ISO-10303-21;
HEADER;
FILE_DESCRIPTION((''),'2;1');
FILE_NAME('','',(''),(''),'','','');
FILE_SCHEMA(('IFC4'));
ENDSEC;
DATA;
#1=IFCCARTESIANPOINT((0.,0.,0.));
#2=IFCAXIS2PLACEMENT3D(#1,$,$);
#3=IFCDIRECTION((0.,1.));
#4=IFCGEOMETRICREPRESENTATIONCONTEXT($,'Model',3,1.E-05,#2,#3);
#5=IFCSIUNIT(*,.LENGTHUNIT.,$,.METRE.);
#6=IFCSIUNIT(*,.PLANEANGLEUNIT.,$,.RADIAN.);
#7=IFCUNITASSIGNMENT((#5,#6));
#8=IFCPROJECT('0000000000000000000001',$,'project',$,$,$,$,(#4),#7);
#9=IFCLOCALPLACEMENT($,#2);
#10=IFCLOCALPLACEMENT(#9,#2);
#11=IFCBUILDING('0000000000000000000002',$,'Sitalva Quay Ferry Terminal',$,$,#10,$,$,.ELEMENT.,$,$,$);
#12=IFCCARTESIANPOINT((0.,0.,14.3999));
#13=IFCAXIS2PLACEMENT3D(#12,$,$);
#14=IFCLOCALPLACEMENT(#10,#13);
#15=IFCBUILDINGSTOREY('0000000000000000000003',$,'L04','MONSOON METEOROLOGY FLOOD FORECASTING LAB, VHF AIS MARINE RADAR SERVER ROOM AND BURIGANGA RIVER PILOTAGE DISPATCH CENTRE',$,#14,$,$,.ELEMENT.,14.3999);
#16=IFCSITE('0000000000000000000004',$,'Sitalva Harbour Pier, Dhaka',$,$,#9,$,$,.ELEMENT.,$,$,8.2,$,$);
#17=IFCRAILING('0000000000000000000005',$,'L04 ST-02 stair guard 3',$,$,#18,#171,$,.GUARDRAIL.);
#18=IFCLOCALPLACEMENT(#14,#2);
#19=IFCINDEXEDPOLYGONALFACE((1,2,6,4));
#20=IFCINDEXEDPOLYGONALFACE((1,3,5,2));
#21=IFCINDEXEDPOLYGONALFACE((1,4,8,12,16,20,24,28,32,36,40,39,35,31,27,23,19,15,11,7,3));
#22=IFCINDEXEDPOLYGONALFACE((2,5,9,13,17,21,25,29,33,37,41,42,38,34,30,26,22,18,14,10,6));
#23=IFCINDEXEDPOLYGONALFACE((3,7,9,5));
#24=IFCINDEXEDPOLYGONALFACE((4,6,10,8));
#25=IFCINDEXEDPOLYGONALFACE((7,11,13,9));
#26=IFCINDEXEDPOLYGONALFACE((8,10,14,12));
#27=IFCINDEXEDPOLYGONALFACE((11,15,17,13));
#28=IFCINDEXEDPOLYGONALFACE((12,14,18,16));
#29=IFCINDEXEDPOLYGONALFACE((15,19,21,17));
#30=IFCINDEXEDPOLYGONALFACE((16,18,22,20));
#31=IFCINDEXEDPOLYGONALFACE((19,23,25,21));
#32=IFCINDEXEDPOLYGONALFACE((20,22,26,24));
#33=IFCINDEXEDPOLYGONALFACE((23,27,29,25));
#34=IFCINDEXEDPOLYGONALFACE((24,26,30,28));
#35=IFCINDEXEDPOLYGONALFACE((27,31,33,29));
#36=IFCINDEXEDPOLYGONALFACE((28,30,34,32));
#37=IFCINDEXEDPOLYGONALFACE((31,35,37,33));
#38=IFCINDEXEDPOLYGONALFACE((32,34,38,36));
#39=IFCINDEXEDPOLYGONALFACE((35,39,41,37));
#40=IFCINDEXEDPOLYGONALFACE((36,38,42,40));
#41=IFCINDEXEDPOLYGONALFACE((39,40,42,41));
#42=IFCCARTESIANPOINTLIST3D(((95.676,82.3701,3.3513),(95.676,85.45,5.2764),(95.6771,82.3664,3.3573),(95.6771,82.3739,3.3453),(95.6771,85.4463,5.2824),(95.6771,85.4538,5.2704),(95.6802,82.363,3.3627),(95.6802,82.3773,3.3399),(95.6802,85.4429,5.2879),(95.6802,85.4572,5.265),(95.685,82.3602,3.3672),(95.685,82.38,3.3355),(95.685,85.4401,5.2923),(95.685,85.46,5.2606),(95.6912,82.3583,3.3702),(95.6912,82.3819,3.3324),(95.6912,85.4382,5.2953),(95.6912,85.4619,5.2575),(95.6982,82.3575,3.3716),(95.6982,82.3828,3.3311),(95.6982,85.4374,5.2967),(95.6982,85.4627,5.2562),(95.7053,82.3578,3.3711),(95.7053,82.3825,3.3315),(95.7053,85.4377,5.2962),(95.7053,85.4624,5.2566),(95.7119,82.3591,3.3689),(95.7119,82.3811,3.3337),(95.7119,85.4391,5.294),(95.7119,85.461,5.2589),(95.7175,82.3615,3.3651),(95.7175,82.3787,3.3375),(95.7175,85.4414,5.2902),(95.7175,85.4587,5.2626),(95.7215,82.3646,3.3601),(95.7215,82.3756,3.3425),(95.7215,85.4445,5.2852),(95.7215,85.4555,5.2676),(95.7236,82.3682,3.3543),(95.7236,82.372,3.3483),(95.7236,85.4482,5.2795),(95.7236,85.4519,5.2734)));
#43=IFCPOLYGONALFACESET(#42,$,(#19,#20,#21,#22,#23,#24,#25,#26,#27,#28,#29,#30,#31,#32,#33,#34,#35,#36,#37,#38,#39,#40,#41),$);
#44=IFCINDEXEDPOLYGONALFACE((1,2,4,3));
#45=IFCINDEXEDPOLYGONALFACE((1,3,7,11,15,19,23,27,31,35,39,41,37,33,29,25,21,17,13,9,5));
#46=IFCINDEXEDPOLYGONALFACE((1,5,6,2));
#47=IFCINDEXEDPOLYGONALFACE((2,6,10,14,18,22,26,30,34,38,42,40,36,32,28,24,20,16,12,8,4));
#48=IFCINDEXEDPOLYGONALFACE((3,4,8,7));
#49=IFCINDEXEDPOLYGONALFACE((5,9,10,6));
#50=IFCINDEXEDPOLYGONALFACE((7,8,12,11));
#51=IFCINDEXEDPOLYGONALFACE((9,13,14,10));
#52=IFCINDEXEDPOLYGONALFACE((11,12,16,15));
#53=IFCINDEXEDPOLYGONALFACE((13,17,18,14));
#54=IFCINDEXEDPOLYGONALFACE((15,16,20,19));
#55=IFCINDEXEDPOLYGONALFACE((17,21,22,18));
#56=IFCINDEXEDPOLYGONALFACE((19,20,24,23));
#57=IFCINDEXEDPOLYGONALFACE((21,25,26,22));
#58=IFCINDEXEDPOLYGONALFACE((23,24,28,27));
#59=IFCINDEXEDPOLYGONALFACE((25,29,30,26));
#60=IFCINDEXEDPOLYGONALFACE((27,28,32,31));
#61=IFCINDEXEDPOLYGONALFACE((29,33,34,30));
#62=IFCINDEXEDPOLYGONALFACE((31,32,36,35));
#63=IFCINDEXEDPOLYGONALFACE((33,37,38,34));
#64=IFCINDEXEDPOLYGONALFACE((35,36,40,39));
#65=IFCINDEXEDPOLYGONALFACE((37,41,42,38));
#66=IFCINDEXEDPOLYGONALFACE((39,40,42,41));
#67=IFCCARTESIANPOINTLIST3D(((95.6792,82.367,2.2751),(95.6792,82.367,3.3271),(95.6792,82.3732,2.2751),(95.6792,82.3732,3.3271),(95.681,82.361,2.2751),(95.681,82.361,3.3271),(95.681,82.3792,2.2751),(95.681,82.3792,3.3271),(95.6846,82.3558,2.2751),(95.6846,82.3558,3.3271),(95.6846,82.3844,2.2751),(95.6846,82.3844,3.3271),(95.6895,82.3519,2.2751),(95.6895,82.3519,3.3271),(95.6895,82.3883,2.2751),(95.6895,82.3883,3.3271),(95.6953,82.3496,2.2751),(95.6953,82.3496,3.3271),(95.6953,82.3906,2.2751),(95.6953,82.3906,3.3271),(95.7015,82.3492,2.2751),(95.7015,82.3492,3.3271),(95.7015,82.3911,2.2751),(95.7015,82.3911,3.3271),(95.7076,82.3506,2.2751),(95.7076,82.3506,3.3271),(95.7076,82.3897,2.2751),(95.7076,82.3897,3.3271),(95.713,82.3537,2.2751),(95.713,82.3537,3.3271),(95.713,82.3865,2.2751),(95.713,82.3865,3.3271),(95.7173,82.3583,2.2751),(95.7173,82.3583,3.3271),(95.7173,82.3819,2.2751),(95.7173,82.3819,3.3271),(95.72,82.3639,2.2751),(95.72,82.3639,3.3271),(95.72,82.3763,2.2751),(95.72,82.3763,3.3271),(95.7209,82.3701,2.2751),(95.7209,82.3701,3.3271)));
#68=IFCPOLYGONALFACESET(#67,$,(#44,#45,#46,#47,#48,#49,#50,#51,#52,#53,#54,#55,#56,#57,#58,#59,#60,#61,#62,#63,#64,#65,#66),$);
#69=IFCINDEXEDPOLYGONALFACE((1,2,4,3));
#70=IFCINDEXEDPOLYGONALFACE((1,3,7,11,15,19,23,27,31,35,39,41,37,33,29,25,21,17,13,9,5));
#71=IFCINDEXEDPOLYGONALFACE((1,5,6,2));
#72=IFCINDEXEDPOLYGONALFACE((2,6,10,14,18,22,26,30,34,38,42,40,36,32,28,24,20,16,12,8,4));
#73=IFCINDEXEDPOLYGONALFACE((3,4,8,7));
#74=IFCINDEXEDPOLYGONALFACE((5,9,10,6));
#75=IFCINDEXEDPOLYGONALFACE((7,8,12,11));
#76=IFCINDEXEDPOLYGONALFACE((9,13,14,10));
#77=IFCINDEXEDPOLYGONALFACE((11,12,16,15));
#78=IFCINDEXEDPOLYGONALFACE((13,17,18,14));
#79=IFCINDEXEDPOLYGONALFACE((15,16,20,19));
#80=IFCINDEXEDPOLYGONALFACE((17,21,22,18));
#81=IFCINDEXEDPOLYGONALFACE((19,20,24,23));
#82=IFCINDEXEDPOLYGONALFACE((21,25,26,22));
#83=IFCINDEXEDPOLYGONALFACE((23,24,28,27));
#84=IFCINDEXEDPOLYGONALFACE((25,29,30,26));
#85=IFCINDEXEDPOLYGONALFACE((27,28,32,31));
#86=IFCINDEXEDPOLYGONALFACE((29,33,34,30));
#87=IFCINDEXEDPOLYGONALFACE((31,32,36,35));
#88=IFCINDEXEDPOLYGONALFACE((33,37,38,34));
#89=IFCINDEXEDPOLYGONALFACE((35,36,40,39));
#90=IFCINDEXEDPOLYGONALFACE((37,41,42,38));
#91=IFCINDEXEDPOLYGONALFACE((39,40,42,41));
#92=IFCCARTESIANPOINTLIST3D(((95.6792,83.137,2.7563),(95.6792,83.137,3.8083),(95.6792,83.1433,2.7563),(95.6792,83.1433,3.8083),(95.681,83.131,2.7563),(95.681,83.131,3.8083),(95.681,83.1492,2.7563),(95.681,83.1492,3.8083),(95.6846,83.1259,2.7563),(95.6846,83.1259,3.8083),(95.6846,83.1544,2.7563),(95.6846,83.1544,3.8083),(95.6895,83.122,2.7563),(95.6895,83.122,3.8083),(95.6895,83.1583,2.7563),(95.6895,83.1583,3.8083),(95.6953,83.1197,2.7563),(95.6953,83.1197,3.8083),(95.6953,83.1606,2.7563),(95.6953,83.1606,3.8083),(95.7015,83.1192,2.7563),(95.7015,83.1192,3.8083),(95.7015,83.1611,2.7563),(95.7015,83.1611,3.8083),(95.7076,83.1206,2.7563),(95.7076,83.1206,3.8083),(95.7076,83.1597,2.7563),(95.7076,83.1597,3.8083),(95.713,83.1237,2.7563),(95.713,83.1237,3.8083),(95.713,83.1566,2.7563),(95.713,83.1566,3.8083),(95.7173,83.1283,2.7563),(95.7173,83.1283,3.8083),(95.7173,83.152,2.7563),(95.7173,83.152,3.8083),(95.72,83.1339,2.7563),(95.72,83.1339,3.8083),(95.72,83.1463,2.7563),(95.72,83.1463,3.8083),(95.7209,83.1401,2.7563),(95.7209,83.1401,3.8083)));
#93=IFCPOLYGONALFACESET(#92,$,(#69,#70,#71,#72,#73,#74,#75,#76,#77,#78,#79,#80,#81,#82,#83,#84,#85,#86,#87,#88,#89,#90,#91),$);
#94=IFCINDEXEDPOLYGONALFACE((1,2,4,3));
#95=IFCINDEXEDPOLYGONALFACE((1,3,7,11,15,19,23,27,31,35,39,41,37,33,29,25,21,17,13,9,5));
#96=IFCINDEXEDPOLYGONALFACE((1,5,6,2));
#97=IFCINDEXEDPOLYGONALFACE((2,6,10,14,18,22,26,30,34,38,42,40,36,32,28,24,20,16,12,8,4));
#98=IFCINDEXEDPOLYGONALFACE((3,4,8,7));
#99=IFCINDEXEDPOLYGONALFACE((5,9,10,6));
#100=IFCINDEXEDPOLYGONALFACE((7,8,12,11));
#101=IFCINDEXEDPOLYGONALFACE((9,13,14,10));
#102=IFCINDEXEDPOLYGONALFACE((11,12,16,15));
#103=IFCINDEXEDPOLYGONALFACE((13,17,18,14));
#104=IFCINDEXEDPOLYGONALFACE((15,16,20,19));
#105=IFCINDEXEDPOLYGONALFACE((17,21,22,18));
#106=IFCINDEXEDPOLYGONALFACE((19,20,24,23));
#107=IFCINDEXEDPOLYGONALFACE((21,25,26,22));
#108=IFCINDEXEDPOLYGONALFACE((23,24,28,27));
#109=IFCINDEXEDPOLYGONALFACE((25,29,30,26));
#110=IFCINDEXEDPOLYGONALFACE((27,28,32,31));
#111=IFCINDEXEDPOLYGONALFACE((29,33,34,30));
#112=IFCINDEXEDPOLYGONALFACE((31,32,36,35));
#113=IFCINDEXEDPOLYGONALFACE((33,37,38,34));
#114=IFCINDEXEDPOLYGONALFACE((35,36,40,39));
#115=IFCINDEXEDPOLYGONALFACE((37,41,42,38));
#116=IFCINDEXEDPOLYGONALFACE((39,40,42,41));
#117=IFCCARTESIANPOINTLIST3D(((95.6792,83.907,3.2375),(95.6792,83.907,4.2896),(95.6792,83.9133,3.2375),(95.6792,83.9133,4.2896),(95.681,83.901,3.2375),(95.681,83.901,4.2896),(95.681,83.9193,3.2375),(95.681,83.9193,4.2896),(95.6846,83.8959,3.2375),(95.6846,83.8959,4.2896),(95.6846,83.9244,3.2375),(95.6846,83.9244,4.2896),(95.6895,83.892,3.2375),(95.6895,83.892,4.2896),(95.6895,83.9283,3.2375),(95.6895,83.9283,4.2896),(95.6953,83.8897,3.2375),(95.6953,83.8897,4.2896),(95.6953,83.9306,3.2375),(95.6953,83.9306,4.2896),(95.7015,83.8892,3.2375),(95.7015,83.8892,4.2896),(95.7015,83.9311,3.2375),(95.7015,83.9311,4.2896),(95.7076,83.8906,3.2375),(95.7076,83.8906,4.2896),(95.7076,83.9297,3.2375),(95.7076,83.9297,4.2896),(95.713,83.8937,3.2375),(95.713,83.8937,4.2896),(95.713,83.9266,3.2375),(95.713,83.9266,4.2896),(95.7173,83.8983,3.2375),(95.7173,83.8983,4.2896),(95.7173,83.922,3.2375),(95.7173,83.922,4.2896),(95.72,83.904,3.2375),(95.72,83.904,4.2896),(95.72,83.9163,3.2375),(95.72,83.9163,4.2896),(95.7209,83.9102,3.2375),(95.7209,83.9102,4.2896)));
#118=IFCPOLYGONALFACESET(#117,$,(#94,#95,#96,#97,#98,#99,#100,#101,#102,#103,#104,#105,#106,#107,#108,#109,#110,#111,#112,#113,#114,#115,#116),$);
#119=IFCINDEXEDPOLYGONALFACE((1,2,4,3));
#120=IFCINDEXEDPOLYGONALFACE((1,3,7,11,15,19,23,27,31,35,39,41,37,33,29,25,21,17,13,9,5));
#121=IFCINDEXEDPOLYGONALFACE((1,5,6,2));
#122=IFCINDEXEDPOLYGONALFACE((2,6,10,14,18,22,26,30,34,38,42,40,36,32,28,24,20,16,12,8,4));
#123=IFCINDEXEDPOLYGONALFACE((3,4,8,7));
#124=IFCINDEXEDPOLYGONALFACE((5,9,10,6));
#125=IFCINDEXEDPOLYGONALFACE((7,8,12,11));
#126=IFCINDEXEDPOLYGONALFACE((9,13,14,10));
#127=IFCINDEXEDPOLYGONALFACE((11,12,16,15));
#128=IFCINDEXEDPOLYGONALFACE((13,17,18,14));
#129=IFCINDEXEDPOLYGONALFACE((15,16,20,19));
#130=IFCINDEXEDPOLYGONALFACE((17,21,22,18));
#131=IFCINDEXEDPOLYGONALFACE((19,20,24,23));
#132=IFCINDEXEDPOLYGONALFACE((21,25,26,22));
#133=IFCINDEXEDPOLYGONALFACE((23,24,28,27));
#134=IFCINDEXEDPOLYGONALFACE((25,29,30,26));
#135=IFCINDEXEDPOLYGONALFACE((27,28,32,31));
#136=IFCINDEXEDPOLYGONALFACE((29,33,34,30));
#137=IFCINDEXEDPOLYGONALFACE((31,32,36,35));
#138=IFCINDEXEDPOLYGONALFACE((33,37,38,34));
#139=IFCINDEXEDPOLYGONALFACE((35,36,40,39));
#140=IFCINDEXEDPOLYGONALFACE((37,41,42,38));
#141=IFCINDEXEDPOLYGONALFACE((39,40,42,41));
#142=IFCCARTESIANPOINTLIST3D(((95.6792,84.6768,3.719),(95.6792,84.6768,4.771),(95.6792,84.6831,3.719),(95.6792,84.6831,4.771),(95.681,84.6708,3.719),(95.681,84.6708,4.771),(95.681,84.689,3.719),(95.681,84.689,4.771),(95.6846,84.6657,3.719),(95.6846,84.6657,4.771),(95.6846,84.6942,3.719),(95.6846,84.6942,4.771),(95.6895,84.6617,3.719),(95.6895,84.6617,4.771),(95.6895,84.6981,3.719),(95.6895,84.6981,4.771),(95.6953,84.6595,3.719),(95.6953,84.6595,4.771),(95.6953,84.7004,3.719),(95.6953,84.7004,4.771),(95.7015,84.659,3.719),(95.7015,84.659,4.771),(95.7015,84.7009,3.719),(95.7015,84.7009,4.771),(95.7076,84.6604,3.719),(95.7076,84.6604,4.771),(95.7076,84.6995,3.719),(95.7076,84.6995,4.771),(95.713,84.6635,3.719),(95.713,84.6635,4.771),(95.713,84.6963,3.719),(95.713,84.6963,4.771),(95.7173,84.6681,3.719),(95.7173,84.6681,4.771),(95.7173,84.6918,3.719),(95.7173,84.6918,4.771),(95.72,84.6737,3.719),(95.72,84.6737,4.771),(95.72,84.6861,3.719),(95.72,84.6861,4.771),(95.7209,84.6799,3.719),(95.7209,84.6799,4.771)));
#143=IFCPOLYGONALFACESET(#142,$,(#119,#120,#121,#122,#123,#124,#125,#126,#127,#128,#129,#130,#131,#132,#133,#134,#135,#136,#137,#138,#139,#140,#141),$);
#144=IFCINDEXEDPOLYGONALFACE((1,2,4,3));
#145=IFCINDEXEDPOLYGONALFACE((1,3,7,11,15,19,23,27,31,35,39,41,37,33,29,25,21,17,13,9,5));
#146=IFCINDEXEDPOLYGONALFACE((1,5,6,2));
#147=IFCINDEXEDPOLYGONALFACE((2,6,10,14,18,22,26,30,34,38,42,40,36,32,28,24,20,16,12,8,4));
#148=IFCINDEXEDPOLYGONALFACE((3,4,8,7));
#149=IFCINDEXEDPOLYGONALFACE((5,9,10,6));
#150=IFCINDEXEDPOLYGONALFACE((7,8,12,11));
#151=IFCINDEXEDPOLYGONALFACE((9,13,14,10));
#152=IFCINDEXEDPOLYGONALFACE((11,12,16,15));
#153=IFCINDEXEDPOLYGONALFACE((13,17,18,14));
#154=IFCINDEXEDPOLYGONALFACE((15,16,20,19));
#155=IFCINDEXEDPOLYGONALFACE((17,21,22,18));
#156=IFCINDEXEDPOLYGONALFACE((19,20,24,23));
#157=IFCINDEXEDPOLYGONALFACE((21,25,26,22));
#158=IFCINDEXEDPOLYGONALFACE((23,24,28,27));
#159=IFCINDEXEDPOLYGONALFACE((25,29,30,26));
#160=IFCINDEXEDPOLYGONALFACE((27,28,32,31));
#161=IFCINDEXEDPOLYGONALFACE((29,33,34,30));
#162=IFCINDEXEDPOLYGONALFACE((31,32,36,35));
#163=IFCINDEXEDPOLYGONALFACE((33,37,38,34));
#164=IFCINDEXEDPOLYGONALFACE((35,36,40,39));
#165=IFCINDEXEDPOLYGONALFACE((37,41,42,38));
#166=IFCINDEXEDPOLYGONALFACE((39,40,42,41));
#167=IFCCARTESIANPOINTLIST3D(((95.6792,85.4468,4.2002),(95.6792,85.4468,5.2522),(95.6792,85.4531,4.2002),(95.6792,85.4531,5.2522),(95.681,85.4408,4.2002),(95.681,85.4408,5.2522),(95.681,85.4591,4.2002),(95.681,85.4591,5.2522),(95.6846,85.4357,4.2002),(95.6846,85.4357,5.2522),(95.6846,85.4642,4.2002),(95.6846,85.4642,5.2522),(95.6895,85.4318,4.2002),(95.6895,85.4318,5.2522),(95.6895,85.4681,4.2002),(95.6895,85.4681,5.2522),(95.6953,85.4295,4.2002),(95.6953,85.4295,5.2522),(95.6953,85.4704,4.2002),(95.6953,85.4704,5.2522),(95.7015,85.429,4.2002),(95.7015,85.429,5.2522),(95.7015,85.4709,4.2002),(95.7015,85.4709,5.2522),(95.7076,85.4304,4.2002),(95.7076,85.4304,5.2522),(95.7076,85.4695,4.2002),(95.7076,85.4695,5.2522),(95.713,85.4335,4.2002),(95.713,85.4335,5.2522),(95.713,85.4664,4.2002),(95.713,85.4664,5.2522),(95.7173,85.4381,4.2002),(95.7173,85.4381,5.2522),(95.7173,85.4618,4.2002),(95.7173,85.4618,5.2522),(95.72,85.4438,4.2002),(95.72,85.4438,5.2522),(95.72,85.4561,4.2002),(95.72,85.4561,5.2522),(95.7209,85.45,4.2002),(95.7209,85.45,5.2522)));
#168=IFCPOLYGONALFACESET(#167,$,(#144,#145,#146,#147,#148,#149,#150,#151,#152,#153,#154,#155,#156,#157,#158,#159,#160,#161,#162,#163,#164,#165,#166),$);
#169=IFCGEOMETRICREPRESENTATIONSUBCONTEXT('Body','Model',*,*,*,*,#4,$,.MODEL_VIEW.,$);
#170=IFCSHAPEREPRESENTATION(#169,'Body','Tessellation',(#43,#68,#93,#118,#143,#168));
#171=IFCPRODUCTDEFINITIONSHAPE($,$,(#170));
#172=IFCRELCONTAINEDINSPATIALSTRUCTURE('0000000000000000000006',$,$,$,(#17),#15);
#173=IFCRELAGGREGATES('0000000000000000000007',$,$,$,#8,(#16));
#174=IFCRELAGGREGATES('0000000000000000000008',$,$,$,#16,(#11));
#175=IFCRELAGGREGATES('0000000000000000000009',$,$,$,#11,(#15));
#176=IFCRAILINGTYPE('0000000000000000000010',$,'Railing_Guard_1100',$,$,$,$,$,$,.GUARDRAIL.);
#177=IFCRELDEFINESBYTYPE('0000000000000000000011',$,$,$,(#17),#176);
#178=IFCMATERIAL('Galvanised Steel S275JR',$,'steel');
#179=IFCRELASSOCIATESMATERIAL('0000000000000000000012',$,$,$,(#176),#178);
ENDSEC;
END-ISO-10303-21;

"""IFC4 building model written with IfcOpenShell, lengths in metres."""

from ifc_helpers import new_model, si_unit, direction, frame, origin, origin_2d, place, context, subcontext, project, spatial, circle, extrude, material, type_object, element, save


model = new_model("IFC4")

# Units and contexts
model_context = context("Model", 3, precision=1e-05, world=origin(), true_north=direction((0.0, 1.0)))
body_context = subcontext(model_context, "Body", "Model", "MODEL_VIEW")
ifc_project = project(units=[si_unit("LENGTHUNIT", "METRE"), si_unit("PLANEANGLEUNIT", "RADIAN")], contexts=[model_context])

# Site, building, storey
site_placement = place(None, origin())
site = spatial("IfcSite", under=ifc_project, at=site_placement, Name="Sitalva Harbour Pier, Dhaka", CompositionType="ELEMENT", RefElevation=8.2)
building_placement = place(site_placement, origin())
building = spatial("IfcBuilding", under=site, at=building_placement, Name="Sitalva Quay Ferry Terminal", CompositionType="ELEMENT")
storey_placement = place(building_placement, frame((0.0, 0.0, 14.3999)))
storey = spatial("IfcBuildingStorey", under=building, at=storey_placement, Name="L04", Description="MONSOON METEOROLOGY FLOOD FORECASTING LAB, VHF AIS MARINE RADAR SERVER ROOM AND BURIGANGA RIVER PILOTAGE DISPATCH CENTRE", CompositionType="ELEMENT", Elevation=14.3999)

# Railing
ifc_material_1 = material(Name="Galvanised Steel S275JR", Category="steel")
railing_type_1 = type_object("IfcRailingType", Name="Railing_Guard_1100", PredefinedType="GUARDRAIL", material=ifc_material_1)
railing_1_placement = place(storey_placement, frame((95.7, 82.3701, 2.2751)))
element("IfcRailing", 1, at=railing_1_placement, inside=storey, type_object=railing_type_1, Name="L04 ST-02 stair guard 3", PredefinedType="GUARDRAIL", context=body_context, shape_type="SweptSolid", body=[
    extrude(circle(Radius=0.0239, at=origin_2d()), frame((0.0, 0.0, 1.0762), z_axis=(0.0, 0.847979, 0.530029), x_axis=(-1.0, 0.0, 0.0)), (0.0, 0.0, 1.0), 3.6321),
    extrude(circle(Radius=0.021, at=origin_2d()), origin(), (0.0, 0.0, 1.0), 1.052),
    extrude(circle(Radius=0.021, at=origin_2d()), frame((0.0, 0.77, 0.4812)), (0.0, 0.0, 1.0), 1.052),
    extrude(circle(Radius=0.021, at=origin_2d()), frame((0.0, 1.54, 0.9624)), (0.0, 0.0, 1.0), 1.052),
    extrude(circle(Radius=0.021, at=origin_2d()), frame((0.0, 2.3098, 1.4438)), (0.0, 0.0, 1.0), 1.052),
    extrude(circle(Radius=0.021, at=origin_2d()), frame((0.0, 3.0798, 1.925)), (0.0, 0.0, 1.0), 1.052),
])

save(model, "model.ifc")
